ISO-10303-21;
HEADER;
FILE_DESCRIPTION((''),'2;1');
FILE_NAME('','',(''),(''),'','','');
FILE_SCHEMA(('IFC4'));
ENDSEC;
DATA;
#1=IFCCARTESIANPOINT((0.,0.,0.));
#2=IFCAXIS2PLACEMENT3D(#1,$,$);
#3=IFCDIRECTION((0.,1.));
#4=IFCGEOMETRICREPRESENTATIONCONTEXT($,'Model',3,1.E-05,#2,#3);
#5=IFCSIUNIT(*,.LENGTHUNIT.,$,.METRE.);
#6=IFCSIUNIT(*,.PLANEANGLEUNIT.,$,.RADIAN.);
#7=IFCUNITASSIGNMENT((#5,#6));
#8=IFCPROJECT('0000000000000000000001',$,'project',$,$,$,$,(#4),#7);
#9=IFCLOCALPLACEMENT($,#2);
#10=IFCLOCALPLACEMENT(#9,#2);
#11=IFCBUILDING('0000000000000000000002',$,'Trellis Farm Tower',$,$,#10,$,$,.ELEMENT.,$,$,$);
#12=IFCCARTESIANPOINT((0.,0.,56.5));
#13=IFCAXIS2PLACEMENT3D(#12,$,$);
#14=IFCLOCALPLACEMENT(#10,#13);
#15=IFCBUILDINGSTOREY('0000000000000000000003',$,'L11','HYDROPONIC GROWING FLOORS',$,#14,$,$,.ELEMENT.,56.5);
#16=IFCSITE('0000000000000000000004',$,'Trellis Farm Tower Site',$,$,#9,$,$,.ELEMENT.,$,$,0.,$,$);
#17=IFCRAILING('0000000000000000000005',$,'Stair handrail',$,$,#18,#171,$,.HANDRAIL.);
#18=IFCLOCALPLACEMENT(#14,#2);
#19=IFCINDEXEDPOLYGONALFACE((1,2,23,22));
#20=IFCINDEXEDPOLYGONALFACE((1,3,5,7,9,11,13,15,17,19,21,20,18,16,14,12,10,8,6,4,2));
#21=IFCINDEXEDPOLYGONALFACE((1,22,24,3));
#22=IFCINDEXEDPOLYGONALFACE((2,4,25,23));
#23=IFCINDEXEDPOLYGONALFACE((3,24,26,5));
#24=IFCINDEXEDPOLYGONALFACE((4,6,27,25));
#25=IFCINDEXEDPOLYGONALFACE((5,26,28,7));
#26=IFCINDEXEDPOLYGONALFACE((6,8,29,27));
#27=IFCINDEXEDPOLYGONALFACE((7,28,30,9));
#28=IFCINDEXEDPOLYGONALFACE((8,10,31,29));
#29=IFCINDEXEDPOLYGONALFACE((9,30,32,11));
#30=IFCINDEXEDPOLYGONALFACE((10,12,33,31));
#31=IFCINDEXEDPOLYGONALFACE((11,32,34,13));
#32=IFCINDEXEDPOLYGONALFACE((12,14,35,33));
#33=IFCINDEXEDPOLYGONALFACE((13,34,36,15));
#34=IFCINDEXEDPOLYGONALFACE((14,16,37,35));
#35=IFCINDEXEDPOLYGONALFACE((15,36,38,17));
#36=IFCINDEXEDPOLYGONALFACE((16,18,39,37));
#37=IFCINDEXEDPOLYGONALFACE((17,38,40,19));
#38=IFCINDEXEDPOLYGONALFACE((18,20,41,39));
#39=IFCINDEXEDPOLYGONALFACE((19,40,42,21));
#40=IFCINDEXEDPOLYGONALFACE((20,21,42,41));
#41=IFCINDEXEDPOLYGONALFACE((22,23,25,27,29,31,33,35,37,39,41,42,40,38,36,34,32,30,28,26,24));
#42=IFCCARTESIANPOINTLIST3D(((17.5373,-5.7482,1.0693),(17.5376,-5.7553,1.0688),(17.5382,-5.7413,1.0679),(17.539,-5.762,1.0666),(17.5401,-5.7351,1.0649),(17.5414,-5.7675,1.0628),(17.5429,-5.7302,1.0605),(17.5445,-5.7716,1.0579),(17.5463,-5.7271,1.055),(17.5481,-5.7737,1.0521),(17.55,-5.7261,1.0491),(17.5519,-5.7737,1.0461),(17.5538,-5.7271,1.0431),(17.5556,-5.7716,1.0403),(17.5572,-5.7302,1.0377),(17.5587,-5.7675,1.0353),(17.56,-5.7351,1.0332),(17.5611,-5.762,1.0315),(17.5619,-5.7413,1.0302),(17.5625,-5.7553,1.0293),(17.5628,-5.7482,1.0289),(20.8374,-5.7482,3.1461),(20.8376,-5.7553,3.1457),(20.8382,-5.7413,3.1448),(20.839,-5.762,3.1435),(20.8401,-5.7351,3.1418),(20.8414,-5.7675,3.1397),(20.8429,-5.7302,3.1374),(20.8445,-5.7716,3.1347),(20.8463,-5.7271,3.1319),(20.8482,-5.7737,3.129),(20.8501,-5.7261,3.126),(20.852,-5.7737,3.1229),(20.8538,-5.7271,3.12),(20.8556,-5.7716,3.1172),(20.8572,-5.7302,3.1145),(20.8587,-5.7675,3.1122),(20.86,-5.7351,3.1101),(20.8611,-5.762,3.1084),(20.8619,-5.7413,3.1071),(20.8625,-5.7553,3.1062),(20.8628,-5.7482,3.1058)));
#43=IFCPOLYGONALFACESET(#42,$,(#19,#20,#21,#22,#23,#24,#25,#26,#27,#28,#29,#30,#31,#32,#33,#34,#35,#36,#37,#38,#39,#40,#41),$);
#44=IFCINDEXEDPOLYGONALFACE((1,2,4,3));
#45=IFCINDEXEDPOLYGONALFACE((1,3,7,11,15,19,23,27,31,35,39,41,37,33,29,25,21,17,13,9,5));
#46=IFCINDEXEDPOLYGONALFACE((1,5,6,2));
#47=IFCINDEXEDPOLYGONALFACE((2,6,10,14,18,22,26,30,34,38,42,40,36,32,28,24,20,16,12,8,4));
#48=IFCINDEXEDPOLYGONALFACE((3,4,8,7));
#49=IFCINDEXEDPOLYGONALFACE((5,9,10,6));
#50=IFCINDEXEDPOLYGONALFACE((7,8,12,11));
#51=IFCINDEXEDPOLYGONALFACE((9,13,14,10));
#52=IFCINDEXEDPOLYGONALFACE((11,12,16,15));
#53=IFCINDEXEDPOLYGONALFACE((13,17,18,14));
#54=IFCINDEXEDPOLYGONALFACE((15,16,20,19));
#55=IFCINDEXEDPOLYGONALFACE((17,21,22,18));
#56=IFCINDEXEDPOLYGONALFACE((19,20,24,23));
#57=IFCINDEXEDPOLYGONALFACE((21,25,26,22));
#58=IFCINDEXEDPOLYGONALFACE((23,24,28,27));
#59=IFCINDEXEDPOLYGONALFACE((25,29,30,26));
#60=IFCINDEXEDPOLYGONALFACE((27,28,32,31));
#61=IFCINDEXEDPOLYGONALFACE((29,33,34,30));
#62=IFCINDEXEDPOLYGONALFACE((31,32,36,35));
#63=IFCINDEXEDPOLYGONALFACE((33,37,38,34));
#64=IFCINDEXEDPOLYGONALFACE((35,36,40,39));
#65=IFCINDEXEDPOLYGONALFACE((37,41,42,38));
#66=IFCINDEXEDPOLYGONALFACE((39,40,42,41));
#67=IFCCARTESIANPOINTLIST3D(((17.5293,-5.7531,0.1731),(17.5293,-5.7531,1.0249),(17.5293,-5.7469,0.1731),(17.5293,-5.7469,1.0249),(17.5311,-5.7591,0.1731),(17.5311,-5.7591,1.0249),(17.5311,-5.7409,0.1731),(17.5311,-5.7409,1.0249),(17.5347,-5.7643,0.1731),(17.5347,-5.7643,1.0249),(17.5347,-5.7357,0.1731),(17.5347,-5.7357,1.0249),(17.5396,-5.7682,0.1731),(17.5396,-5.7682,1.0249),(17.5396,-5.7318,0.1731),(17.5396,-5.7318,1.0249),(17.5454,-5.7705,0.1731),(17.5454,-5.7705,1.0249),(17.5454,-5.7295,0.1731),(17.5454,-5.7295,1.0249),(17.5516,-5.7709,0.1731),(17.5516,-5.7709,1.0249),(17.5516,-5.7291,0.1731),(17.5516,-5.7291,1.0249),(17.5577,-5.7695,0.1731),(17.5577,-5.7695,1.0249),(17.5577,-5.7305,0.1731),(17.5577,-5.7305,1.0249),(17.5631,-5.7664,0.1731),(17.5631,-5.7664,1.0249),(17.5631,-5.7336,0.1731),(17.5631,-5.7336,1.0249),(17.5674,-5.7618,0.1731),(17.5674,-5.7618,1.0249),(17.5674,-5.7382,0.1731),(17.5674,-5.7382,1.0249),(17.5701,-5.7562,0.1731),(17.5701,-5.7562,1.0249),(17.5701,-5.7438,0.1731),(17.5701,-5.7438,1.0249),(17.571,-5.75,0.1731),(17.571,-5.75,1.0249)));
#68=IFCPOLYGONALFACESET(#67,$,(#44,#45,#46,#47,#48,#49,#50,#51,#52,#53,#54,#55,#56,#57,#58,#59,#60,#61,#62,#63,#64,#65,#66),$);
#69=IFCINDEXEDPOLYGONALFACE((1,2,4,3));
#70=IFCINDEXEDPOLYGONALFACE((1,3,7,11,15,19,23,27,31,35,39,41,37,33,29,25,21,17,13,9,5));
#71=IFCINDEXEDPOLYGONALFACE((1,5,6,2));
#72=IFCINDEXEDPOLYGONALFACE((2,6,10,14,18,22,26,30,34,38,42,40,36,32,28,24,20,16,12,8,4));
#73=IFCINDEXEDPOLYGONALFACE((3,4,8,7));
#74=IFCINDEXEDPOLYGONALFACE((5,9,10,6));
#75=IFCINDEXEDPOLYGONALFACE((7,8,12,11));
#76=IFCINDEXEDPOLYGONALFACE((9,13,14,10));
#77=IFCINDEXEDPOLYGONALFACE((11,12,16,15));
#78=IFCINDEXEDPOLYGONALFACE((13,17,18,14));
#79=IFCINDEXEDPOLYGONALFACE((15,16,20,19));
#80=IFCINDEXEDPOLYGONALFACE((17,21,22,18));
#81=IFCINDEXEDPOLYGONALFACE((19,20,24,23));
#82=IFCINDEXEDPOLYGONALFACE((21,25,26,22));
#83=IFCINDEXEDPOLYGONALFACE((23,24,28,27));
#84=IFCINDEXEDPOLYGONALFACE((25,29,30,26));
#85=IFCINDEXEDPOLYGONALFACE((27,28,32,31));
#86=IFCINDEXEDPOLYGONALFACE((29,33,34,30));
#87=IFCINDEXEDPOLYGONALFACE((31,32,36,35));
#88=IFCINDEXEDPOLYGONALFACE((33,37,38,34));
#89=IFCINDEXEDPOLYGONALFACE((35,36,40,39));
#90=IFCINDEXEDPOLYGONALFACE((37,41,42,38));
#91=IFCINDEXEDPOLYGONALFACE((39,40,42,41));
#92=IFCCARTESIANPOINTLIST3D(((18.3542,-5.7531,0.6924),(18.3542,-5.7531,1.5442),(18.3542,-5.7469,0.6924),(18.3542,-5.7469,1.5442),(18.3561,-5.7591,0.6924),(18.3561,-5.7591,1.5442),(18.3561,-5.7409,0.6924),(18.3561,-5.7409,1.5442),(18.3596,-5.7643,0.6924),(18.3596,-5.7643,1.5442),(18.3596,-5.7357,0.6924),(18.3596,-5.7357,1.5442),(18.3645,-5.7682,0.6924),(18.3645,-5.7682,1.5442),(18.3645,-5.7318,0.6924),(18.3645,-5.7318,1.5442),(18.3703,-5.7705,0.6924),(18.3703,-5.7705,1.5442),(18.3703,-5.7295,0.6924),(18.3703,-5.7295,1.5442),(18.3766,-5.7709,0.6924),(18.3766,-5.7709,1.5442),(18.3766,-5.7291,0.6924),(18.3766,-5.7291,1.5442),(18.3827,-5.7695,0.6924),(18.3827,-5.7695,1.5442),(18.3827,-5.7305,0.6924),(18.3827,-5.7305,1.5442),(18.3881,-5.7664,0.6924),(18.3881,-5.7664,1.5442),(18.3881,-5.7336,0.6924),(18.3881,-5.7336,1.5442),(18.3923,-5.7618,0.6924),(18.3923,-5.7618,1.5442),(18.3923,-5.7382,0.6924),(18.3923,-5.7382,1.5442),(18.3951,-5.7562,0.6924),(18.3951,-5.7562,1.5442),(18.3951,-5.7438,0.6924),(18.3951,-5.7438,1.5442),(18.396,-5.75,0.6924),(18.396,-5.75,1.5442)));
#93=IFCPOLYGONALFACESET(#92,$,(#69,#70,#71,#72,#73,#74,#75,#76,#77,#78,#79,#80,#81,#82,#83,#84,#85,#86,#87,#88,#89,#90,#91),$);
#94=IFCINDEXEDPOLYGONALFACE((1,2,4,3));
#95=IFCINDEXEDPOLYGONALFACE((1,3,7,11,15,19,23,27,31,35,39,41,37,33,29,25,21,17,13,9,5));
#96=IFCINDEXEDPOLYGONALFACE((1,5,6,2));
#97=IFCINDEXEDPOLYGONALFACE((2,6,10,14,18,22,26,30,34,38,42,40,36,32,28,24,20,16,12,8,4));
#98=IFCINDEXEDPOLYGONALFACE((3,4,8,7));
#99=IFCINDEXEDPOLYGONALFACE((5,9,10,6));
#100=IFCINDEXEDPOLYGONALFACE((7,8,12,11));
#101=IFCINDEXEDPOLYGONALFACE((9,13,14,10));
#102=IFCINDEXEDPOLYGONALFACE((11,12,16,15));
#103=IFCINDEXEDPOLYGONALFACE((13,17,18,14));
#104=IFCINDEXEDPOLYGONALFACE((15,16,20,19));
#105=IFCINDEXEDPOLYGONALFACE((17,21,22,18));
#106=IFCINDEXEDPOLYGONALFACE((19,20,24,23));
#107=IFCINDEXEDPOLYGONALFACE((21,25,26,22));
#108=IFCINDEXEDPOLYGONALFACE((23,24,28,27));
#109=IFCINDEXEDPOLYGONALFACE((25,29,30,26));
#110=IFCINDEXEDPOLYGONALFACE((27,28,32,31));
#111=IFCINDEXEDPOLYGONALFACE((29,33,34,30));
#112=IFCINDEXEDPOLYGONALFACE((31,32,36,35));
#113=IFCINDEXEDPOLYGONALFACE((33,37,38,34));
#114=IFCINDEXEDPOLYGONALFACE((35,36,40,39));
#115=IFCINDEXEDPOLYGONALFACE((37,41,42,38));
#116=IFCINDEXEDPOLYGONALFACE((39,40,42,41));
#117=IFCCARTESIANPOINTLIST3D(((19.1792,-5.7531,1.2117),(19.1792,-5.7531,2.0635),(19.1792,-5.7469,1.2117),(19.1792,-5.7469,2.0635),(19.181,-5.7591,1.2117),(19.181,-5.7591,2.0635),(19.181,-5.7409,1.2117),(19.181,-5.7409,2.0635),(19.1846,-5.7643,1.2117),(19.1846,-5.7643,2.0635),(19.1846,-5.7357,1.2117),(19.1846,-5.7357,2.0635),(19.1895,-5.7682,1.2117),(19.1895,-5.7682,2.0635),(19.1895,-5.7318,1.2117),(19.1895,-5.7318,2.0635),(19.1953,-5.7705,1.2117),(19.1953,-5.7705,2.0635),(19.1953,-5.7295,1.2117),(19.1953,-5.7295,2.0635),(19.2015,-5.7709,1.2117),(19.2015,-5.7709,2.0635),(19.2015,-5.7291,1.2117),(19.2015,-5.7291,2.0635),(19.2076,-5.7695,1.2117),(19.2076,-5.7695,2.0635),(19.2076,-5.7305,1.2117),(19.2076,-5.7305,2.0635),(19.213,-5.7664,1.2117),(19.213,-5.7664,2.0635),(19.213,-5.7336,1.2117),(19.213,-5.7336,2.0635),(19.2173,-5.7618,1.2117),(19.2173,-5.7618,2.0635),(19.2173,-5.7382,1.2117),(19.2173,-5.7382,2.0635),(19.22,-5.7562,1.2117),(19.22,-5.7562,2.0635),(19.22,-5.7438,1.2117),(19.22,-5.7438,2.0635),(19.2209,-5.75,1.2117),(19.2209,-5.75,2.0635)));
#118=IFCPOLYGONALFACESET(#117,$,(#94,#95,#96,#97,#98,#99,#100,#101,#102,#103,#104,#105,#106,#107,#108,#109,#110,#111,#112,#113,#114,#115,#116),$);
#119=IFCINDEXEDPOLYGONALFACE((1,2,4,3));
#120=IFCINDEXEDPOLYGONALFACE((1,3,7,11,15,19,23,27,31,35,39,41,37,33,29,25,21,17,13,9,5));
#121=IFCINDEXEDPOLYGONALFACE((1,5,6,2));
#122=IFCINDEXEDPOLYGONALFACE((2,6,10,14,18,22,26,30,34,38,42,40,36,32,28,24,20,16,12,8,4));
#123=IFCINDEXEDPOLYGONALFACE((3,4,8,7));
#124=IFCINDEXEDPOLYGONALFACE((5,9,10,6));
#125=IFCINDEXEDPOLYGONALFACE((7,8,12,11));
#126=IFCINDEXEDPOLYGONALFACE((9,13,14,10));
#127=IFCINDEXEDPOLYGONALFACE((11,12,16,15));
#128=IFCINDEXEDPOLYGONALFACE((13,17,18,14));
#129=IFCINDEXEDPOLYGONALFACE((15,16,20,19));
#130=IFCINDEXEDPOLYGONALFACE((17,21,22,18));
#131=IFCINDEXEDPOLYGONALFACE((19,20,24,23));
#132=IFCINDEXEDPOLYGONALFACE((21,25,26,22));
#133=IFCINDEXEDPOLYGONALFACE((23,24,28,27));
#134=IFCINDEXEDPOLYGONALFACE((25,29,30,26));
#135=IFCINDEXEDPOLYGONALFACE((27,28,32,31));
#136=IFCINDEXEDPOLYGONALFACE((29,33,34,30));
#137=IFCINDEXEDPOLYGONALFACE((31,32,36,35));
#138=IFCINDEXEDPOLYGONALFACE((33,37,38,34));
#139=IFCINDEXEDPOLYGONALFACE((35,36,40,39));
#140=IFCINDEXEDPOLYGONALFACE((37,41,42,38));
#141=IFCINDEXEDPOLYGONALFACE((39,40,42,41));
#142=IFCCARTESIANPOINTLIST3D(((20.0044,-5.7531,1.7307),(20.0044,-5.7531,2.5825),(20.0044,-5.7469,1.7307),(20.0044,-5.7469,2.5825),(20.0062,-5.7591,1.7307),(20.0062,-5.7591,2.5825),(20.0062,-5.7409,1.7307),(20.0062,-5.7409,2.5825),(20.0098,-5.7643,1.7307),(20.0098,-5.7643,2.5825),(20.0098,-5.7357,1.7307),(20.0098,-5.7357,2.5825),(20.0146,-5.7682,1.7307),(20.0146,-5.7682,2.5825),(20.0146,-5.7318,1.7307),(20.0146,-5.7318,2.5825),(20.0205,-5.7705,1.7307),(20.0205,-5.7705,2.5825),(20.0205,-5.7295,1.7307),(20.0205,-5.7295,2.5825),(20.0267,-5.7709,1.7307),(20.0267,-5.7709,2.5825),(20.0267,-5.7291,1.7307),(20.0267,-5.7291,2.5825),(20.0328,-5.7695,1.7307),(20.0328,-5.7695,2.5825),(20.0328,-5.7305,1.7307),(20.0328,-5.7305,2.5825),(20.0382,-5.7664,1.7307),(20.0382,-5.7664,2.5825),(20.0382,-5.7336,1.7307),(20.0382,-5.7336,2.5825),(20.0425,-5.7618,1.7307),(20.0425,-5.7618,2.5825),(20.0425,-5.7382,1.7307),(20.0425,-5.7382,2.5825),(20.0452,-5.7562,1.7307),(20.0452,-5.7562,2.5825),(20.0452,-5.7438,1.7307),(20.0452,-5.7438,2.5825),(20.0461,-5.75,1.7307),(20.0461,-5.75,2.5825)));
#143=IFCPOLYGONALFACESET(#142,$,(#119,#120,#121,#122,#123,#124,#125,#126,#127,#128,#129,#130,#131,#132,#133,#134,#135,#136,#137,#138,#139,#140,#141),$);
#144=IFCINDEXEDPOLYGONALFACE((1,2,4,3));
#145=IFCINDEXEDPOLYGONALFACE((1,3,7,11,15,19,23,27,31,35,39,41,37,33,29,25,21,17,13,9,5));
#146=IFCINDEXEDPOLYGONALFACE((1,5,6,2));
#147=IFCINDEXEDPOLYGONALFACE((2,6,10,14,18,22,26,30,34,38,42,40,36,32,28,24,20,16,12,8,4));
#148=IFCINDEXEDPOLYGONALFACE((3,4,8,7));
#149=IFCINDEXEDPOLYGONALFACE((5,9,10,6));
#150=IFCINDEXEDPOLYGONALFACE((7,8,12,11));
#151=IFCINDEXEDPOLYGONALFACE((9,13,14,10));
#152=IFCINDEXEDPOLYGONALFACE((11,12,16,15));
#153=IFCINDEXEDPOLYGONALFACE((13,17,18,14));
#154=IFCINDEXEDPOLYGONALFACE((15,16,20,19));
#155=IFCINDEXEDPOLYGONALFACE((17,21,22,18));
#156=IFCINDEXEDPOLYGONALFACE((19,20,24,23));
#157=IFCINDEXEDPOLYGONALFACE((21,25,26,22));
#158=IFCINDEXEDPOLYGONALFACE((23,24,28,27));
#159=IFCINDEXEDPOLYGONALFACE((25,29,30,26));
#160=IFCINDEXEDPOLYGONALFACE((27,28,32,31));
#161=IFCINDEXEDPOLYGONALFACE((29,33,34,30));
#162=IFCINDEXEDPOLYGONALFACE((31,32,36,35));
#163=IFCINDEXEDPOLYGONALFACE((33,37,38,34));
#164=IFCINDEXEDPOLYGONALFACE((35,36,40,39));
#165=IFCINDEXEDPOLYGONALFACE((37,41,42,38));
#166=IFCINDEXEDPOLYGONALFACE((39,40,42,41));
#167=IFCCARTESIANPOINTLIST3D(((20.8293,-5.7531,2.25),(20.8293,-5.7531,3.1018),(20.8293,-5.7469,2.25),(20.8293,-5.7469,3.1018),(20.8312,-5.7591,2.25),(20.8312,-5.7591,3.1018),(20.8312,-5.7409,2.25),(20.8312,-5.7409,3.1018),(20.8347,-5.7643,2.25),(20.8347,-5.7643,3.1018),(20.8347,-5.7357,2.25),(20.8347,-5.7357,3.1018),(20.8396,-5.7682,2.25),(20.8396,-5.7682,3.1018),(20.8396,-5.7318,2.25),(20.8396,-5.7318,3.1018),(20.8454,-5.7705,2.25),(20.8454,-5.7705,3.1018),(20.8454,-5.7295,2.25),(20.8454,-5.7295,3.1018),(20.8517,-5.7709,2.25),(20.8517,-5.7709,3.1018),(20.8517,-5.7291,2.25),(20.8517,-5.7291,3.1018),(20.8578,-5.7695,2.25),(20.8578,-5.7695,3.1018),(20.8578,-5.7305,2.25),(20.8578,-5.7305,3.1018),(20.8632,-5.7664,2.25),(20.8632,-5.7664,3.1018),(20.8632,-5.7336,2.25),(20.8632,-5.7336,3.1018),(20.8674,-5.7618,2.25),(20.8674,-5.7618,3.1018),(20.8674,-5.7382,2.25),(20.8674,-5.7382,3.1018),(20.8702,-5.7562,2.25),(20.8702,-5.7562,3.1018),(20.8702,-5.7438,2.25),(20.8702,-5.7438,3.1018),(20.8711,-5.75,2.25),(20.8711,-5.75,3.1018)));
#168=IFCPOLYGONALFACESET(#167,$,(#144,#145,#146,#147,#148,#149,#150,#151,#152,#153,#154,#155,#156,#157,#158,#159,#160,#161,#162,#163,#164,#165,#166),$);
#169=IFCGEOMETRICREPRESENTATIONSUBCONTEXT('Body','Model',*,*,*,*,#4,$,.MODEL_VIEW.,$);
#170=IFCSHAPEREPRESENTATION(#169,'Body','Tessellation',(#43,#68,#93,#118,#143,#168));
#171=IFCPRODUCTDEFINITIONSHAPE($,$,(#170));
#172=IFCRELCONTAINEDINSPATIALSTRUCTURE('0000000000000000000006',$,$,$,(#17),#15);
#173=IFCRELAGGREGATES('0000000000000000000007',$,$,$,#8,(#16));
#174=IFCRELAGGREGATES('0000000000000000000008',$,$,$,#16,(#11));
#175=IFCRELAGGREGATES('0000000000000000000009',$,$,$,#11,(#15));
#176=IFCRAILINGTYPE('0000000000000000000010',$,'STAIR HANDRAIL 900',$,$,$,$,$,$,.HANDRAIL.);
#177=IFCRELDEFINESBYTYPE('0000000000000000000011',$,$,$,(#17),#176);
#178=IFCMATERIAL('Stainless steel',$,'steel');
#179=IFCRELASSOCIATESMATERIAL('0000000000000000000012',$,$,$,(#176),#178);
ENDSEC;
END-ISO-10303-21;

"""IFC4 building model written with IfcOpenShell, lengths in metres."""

from ifc_helpers import new_model, si_unit, direction, frame, origin, origin_2d, place, context, subcontext, project, spatial, circle, extrude, source, transform, mapped, material, type_object, element, save


model = new_model("IFC4")

# Units and contexts
model_context = context("Model", 3, precision=1e-05, world=origin(), true_north=direction((0.0, 1.0)))
body_context = subcontext(model_context, "Body", "Model", "MODEL_VIEW")
ifc_project = project(units=[si_unit("LENGTHUNIT", "METRE"), si_unit("PLANEANGLEUNIT", "RADIAN")], contexts=[model_context])

# Site, building, storey
site_placement = place(None, origin())
site = spatial("IfcSite", under=ifc_project, at=site_placement, Name="Trellis Farm Tower Site", CompositionType="ELEMENT", RefElevation=0.0)
building_placement = place(site_placement, origin())
building = spatial("IfcBuilding", under=site, at=building_placement, Name="Trellis Farm Tower", CompositionType="ELEMENT")
storey_placement = place(building_placement, frame((0.0, 0.0, 56.5)))
storey = spatial("IfcBuildingStorey", under=building, at=storey_placement, Name="L11", Description="HYDROPONIC GROWING FLOORS", CompositionType="ELEMENT", Elevation=56.5)

# Railing
ifc_material_1 = material(Name="Stainless steel", Category="steel")
railing_type = type_object("IfcRailingType", Name="STAIR HANDRAIL 900", PredefinedType="HANDRAIL", material=ifc_material_1)
shared_shape_1 = source(origin(), body_context, "Body", "SweptSolid", [
    extrude(circle(Radius=0.0239, at=origin_2d()), frame((0.0, 0.0, 0.876), z_axis=(0.846337, 0.0, 0.532647), x_axis=(0.0, 1.0, 0.0)), (0.0, 0.0, 1.0), 3.8992),
    extrude(circle(Radius=0.021, at=origin_2d()), origin(), (0.0, 0.0, 1.0), 0.8518),
    extrude(circle(Radius=0.021, at=origin_2d()), frame((0.825, 0.0, 0.5193)), (0.0, 0.0, 1.0), 0.8518),
    extrude(circle(Radius=0.021, at=origin_2d()), frame((1.6499, 0.0, 1.0386)), (0.0, 0.0, 1.0), 0.8518),
    extrude(circle(Radius=0.021, at=origin_2d()), frame((2.4751, 0.0, 1.5576)), (0.0, 0.0, 1.0), 0.8518),
    extrude(circle(Radius=0.021, at=origin_2d()), frame((3.3, 0.0, 2.0769)), (0.0, 0.0, 1.0), 0.8518),
])
railing_placement = place(storey_placement, frame((17.55, -5.75, 0.1731)))
element("IfcRailing", 1, at=railing_placement, inside=storey, type_object=railing_type, Name="Stair handrail", PredefinedType="HANDRAIL", context=body_context, shape_type="MappedRepresentation", body=[
    mapped(shared_shape_1, transform((0.0, 0.0, 0.0))),
])

save(model, "model.ifc")
